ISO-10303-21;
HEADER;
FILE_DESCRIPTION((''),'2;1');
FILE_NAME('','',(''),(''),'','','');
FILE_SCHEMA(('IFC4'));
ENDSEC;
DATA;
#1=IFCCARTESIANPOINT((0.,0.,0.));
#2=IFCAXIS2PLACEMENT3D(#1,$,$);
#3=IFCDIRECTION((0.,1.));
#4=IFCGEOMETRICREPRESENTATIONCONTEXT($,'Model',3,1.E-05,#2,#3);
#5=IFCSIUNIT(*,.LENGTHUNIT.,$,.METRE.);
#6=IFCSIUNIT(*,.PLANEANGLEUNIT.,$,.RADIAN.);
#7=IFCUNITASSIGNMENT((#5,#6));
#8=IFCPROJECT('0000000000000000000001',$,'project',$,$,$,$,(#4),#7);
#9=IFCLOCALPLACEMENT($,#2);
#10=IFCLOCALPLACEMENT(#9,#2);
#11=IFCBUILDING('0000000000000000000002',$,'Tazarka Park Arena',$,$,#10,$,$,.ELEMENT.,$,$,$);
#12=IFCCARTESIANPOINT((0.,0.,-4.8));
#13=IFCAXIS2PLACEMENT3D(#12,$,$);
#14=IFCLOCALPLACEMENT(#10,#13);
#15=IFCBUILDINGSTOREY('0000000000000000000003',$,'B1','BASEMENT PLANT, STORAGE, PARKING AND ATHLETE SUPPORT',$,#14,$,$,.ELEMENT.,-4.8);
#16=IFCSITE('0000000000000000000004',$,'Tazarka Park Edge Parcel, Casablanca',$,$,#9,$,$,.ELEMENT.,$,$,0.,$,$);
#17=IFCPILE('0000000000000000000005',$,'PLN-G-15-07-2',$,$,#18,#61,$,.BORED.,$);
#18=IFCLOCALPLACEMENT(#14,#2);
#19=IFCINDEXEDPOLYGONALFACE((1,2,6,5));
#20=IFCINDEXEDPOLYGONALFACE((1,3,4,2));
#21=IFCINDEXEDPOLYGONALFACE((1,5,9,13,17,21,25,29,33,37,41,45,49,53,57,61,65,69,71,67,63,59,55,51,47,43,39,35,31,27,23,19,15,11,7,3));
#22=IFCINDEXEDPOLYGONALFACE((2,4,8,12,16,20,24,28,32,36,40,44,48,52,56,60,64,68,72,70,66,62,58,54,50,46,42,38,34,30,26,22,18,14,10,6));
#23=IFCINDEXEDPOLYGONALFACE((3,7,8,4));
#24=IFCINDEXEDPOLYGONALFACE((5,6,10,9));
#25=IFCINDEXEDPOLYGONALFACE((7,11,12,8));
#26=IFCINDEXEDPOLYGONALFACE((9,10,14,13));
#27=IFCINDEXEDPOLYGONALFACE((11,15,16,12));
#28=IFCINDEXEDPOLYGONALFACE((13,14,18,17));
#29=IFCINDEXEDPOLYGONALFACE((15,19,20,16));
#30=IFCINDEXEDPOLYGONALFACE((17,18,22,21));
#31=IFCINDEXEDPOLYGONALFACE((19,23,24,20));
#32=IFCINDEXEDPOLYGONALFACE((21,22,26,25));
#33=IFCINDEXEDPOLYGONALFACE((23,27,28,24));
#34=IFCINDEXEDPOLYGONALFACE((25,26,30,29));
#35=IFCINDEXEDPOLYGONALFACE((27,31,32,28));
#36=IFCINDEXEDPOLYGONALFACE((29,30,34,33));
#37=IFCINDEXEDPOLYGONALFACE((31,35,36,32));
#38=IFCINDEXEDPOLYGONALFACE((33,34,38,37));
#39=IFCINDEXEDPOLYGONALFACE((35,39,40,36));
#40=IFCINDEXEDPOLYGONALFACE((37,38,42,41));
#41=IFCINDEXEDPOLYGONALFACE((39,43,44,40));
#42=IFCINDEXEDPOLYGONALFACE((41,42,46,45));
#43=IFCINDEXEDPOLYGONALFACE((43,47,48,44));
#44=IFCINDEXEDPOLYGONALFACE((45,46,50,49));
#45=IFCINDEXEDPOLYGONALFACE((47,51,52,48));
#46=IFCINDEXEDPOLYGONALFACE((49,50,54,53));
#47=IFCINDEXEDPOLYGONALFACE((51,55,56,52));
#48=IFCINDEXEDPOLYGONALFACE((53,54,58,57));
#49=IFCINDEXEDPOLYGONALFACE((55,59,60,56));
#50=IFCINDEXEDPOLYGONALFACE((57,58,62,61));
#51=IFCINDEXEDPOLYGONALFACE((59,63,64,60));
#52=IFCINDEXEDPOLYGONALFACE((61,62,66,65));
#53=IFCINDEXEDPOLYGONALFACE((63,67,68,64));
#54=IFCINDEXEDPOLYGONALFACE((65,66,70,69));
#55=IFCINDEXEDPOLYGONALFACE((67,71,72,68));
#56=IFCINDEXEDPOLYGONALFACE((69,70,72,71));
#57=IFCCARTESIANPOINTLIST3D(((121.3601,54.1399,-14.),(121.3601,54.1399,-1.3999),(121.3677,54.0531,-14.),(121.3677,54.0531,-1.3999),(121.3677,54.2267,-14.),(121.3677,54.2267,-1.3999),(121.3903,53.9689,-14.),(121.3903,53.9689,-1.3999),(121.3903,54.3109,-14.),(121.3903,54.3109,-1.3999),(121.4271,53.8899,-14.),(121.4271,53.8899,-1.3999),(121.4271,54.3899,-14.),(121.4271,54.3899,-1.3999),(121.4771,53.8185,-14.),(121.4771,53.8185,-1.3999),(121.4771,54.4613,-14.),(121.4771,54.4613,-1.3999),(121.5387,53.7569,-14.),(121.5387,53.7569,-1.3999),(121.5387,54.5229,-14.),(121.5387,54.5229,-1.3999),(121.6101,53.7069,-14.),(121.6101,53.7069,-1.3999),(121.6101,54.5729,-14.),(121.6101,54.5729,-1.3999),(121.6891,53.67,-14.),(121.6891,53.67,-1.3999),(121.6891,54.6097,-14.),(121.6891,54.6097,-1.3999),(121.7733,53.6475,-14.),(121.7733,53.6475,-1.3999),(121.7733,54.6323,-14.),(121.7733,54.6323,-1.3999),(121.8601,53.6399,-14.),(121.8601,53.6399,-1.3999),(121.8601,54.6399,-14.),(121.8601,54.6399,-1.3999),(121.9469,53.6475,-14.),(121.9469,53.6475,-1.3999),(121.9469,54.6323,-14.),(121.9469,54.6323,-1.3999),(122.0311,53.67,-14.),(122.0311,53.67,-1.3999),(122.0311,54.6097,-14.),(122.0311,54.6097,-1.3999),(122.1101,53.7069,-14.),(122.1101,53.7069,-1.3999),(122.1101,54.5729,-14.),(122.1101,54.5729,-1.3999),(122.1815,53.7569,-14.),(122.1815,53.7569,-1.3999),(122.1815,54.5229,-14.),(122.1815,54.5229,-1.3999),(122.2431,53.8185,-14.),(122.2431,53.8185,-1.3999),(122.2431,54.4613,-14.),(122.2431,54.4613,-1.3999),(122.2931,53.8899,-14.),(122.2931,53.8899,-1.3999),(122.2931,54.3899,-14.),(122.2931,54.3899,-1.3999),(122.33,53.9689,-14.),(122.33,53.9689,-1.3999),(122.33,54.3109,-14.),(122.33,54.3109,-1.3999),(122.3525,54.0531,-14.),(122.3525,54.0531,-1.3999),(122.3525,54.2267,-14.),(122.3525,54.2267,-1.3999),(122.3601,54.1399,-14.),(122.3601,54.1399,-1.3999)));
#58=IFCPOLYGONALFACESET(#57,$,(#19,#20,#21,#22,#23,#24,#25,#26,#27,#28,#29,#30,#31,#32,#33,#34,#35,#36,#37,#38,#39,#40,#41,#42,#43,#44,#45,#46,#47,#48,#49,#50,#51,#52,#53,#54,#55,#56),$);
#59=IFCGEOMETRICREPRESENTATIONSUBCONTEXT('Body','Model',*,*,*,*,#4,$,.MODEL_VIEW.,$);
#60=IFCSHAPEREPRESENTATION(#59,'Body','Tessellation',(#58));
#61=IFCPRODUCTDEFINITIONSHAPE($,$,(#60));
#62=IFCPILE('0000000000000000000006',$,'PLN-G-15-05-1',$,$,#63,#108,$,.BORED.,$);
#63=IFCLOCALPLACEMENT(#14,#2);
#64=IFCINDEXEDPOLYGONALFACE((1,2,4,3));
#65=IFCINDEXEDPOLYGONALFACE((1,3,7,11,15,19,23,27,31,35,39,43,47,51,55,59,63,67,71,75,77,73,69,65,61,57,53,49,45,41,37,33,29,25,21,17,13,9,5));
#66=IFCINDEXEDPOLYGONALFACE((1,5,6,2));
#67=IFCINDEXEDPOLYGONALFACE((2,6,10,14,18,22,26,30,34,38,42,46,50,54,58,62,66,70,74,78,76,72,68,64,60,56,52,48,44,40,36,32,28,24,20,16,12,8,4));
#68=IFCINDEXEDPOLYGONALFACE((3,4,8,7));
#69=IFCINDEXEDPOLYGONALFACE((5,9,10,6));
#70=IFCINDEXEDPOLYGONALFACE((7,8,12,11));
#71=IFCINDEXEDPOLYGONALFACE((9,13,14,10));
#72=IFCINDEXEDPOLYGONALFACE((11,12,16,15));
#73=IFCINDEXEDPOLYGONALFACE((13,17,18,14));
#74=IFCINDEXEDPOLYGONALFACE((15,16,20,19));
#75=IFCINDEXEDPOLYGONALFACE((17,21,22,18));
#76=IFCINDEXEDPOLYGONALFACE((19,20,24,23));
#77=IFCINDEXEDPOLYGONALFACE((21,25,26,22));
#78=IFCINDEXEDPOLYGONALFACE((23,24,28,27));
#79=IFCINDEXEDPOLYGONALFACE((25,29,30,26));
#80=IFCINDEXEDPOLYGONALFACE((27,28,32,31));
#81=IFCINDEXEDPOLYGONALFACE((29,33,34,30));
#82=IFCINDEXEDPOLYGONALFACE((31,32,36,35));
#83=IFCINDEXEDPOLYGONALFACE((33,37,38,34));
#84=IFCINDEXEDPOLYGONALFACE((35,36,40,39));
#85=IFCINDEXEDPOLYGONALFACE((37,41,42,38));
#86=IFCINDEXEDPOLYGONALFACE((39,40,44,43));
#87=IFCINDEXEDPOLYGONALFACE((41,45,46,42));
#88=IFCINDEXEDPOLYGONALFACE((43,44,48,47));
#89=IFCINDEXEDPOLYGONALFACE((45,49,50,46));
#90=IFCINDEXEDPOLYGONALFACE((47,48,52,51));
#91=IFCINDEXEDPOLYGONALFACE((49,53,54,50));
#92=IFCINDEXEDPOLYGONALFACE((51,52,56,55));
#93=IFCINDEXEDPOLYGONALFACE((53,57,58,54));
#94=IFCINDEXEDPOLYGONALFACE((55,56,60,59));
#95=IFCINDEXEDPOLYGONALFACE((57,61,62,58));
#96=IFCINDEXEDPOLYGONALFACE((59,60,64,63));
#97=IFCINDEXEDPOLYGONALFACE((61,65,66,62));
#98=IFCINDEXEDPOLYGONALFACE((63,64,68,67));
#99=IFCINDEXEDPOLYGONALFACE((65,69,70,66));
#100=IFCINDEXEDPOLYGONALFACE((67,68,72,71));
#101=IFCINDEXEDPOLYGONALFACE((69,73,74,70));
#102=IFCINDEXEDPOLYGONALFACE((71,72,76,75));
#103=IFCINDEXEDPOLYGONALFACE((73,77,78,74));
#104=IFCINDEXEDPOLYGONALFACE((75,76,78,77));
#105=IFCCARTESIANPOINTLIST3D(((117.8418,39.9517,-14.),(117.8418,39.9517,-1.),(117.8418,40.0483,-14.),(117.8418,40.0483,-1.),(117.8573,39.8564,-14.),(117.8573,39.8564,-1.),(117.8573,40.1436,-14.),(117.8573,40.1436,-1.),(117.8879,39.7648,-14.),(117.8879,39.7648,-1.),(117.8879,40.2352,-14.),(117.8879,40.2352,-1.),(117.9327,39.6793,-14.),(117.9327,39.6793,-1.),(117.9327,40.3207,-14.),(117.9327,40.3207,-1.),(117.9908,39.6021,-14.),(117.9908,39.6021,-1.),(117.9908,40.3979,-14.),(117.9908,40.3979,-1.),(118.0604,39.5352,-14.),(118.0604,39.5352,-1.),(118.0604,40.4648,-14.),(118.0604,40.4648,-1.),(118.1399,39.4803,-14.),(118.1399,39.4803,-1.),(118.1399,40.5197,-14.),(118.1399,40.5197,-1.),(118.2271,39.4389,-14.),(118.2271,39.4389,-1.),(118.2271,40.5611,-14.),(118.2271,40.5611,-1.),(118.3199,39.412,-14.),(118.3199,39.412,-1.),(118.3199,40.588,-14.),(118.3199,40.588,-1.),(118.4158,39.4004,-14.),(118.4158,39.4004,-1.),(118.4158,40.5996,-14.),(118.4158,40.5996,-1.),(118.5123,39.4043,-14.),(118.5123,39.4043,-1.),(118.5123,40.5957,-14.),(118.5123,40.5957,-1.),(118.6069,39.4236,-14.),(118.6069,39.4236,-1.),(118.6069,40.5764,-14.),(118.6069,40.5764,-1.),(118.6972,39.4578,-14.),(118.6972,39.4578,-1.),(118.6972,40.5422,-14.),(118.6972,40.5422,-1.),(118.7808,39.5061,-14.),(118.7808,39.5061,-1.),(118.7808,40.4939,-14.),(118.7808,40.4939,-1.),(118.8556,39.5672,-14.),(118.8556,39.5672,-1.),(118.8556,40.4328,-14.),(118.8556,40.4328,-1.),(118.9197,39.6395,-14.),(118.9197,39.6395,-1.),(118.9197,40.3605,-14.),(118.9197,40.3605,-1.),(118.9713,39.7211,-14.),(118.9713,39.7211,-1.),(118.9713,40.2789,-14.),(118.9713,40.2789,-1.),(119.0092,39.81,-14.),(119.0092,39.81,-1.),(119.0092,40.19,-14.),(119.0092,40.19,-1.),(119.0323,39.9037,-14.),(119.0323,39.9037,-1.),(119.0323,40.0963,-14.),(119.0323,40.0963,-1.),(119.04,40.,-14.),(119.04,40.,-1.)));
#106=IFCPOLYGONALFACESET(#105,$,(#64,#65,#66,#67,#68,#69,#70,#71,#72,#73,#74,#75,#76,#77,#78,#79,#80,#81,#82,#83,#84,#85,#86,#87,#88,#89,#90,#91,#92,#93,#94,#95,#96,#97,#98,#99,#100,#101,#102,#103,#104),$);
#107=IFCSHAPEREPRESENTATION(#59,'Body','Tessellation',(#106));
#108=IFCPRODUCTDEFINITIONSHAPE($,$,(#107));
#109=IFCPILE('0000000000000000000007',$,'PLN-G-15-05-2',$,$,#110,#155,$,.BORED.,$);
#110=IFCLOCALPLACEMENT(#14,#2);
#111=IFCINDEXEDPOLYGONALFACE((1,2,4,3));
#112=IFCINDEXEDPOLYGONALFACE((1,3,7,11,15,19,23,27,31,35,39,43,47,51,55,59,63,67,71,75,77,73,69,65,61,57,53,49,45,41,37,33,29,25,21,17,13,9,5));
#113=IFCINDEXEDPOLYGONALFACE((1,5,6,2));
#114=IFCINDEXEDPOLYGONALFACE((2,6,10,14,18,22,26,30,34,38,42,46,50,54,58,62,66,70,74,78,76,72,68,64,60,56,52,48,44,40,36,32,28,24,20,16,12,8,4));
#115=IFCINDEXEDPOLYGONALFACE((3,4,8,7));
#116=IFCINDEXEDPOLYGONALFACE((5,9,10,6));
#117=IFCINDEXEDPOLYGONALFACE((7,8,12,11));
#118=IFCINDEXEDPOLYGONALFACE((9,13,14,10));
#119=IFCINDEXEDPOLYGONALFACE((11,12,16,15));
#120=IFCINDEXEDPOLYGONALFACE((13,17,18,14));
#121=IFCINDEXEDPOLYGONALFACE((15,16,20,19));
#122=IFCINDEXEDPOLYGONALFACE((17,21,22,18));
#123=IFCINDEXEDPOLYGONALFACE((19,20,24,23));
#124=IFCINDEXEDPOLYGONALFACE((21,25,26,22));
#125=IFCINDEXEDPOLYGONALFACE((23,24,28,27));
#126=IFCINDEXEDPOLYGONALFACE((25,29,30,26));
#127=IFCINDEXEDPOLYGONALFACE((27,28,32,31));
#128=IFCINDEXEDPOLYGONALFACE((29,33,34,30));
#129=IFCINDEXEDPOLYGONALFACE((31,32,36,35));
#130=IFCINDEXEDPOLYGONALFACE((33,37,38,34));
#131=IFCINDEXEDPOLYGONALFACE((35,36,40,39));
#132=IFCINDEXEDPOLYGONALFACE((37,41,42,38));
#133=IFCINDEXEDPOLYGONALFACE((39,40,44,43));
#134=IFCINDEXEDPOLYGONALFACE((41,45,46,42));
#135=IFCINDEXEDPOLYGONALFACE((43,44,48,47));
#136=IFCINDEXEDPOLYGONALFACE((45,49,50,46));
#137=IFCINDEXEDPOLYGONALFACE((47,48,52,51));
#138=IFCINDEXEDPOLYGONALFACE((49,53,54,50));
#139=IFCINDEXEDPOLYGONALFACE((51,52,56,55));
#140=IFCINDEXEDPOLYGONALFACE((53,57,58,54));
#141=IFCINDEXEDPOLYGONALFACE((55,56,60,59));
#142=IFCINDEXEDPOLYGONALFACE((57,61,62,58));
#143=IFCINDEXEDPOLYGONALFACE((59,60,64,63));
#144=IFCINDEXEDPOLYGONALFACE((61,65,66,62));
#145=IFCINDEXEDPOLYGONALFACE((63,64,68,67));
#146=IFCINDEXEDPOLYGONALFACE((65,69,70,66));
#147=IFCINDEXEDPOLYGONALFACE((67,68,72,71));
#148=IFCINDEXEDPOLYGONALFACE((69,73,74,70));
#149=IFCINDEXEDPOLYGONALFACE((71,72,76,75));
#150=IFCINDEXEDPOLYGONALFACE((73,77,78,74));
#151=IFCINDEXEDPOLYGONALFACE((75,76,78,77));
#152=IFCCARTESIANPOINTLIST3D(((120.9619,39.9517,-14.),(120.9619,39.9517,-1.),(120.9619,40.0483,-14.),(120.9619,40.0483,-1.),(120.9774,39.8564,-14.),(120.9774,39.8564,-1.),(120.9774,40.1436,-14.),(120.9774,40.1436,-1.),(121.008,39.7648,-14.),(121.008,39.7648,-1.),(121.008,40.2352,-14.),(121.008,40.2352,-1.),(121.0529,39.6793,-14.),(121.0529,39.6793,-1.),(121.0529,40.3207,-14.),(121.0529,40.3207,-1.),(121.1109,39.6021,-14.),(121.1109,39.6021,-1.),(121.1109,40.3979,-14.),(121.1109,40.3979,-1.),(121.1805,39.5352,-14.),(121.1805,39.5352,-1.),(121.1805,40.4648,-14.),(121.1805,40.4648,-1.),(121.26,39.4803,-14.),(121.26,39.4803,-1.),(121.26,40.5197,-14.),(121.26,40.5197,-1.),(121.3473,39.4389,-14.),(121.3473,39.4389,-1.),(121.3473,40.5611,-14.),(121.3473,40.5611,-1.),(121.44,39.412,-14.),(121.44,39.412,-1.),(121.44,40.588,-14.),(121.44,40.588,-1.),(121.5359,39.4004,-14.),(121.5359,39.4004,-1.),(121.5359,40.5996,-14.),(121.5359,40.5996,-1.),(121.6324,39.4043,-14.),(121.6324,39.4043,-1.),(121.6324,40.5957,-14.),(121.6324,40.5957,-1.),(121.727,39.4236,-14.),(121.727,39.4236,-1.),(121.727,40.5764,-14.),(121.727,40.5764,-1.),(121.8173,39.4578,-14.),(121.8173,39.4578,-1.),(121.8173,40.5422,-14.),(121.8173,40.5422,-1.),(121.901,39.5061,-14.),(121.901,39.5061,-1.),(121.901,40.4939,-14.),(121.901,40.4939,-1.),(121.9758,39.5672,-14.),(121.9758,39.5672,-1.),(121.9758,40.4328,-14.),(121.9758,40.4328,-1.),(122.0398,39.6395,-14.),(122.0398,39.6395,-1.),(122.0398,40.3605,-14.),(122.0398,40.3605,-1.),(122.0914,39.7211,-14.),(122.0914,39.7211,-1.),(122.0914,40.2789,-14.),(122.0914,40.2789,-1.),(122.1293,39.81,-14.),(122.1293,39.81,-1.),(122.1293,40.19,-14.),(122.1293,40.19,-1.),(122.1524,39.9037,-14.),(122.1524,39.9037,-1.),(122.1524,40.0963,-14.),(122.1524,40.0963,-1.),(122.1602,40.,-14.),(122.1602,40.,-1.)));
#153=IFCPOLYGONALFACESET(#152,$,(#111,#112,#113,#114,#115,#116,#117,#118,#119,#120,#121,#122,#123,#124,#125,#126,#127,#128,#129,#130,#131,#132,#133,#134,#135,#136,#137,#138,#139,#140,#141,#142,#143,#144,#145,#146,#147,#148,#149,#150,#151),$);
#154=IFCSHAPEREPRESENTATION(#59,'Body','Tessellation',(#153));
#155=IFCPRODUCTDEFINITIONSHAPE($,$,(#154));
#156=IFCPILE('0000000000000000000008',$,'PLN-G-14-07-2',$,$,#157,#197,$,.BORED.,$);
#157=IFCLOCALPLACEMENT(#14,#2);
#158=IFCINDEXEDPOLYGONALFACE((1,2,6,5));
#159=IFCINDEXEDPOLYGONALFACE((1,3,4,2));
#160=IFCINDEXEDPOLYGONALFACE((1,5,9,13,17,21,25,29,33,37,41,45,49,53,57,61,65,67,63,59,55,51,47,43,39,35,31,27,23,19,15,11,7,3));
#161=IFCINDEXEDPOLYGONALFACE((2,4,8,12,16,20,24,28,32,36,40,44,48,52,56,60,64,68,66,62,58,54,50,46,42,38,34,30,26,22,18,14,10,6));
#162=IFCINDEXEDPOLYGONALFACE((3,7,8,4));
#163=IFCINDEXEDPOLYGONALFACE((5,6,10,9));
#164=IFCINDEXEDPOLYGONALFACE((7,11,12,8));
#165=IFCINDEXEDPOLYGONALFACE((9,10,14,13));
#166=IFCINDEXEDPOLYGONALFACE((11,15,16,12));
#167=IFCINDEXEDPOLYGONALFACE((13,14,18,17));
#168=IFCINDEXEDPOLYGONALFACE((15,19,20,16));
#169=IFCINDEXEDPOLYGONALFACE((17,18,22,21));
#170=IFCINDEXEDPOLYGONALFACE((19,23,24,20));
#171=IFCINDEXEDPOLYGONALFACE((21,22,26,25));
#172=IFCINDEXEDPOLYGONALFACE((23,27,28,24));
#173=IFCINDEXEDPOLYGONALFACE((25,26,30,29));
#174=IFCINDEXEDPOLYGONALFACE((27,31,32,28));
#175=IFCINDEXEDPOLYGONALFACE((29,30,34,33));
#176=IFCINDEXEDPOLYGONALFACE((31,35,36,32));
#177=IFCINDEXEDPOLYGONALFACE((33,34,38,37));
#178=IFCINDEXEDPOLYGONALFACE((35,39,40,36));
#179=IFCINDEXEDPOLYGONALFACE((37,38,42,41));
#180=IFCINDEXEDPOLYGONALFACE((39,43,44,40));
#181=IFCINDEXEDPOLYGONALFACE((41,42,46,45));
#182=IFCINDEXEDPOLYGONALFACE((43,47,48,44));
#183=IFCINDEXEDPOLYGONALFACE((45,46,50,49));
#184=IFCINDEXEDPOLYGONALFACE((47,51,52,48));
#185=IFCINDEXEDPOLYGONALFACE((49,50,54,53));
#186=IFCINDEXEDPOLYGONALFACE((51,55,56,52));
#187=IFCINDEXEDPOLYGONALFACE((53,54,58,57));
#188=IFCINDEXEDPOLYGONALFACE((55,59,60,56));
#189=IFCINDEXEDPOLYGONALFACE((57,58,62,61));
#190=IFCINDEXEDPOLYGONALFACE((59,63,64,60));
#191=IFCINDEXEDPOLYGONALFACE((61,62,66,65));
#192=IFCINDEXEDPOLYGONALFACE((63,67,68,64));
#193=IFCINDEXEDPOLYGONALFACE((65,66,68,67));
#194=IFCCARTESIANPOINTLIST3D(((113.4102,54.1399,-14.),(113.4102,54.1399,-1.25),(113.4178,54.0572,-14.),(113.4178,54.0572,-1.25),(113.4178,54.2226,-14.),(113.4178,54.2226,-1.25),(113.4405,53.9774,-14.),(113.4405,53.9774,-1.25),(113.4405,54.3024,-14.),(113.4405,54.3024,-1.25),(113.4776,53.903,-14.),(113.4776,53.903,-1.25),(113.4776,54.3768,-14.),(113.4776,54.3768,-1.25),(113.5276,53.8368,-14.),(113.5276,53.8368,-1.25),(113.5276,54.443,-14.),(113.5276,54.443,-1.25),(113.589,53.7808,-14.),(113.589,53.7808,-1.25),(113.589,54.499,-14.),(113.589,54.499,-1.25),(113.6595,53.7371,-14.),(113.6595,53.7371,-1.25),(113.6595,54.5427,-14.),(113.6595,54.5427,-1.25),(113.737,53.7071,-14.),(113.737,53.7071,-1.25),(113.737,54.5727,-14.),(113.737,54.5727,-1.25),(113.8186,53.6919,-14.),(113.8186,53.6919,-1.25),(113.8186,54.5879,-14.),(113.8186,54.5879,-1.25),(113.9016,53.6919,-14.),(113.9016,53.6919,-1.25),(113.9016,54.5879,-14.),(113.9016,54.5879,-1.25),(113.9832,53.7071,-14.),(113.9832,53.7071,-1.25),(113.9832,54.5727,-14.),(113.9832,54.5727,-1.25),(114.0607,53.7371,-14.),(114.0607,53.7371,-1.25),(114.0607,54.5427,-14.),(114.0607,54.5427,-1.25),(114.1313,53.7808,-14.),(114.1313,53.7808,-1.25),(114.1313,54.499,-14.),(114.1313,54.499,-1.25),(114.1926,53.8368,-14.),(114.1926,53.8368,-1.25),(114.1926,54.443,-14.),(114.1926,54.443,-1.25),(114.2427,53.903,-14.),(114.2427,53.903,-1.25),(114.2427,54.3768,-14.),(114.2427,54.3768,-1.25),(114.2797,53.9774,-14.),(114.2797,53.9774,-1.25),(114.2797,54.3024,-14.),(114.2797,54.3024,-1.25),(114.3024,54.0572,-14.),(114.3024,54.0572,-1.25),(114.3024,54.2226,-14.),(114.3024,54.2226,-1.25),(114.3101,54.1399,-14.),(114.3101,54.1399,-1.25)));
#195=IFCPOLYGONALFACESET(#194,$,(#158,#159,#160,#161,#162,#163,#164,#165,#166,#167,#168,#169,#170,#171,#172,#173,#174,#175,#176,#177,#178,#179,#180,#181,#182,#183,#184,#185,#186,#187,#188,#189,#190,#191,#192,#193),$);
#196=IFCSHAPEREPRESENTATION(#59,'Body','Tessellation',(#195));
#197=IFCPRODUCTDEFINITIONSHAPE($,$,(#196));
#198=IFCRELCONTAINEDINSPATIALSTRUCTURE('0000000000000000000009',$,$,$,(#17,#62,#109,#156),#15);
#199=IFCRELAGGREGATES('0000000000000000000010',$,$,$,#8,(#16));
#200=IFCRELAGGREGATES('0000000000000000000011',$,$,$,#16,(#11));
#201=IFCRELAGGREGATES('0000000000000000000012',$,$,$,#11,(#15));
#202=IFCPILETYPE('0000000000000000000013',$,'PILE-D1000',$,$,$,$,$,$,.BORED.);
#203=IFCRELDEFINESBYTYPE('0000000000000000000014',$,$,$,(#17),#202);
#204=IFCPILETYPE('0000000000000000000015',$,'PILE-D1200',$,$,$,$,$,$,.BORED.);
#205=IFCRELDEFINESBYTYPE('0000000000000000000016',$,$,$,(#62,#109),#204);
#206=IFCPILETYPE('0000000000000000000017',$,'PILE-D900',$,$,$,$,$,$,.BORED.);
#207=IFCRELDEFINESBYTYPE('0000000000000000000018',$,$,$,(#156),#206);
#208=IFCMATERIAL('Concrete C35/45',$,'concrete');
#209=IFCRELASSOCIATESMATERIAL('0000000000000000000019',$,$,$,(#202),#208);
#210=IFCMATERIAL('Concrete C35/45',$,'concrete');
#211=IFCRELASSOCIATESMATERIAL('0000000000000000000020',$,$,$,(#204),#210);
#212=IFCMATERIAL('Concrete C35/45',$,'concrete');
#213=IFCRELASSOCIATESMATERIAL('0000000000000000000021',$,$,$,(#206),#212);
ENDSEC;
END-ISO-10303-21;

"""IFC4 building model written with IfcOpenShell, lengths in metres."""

from ifc_helpers import new_model, si_unit, direction, frame, origin, origin_2d, place, context, subcontext, project, spatial, circle, extrude, material, material_profile, profile_set, type_object, element, save


model = new_model("IFC4")

# Units and contexts
model_context = context("Model", 3, precision=1e-05, world=origin(), true_north=direction((0.0, 1.0)))
body_context = subcontext(model_context, "Body", "Model", "MODEL_VIEW")
ifc_project = project(units=[si_unit("LENGTHUNIT", "METRE"), si_unit("PLANEANGLEUNIT", "RADIAN")], contexts=[model_context])

# Site, building, storey
site_placement = place(None, origin())
site = spatial("IfcSite", under=ifc_project, at=site_placement, Name="Tazarka Park Edge Parcel, Casablanca", CompositionType="ELEMENT", RefElevation=0.0)
building_placement = place(site_placement, origin())
building = spatial("IfcBuilding", under=site, at=building_placement, Name="Tazarka Park Arena", CompositionType="ELEMENT")
storey_placement = place(building_placement, frame((0.0, 0.0, -4.8)))
storey = spatial("IfcBuildingStorey", under=building, at=storey_placement, Name="B1", Description="BASEMENT PLANT, STORAGE, PARKING AND ATHLETE SUPPORT", CompositionType="ELEMENT", Elevation=-4.8)

# Piles
ifc_material_1 = material(Name="Concrete C35/45", Category="concrete")
ifc_material_profile_1 = material_profile(ifc_material_1, circle(Radius=0.5, at=origin_2d()), Name="Concrete C35/45")
ifc_profile_set_1 = profile_set([ifc_material_profile_1], Name="Concrete C35/45")
pile_type_1 = type_object("IfcPileType", Name="PILE-D1000", PredefinedType="BORED", material=ifc_profile_set_1)
for number, where, z_axis, x_axis, name in (
    (1, (121.8601, 54.1399, -1.3999), (0.0, 0.0, -1.0), (1.0, 0.0, 0.0), "PLN-G-15-07-2"),
):
    element("IfcPile", number, at=place(storey_placement, frame(where, z_axis=z_axis, x_axis=x_axis)), inside=storey, type_object=pile_type_1, Name=name, PredefinedType="BORED", context=body_context, shape_type="SweptSolid", body=[
        extrude(circle(Radius=0.5, at=origin_2d()), origin(), (0.0, 0.0, 1.0), 12.6001),
    ])
ifc_material_2 = material(Name="Concrete C35/45", Category="concrete")
ifc_material_profile_2 = material_profile(ifc_material_2, circle(Radius=0.6001, at=origin_2d()), Name="Concrete C35/45")
ifc_profile_set_2 = profile_set([ifc_material_profile_2], Name="Concrete C35/45")
pile_type_2 = type_object("IfcPileType", Name="PILE-D1200", PredefinedType="BORED", material=ifc_profile_set_2)
for number, where, z_axis, x_axis, name in (
    (2, (118.4399, 40.0, -1.0), (0.0, 0.0, -1.0), (1.0, 0.0, 0.0), "PLN-G-15-05-1"),
    (3, (121.5601, 40.0, -1.0), (0.0, 0.0, -1.0), (1.0, 0.0, 0.0), "PLN-G-15-05-2"),
):
    element("IfcPile", number, at=place(storey_placement, frame(where, z_axis=z_axis, x_axis=x_axis)), inside=storey, type_object=pile_type_2, Name=name, PredefinedType="BORED", context=body_context, shape_type="SweptSolid", body=[
        extrude(circle(Radius=0.6001, at=origin_2d()), origin(), (0.0, 0.0, 1.0), 13.0),
    ])
ifc_material_3 = material(Name="Concrete C35/45", Category="concrete")
ifc_material_profile_3 = material_profile(ifc_material_3, circle(Radius=0.45, at=origin_2d()), Name="Concrete C35/45")
ifc_profile_set_3 = profile_set([ifc_material_profile_3], Name="Concrete C35/45")
pile_type_3 = type_object("IfcPileType", Name="PILE-D900", PredefinedType="BORED", material=ifc_profile_set_3)
pile_placement = place(storey_placement, frame((113.8601, 54.1399, -1.25), z_axis=(0.0, 0.0, -1.0), x_axis=(1.0, 0.0, 0.0)))
element("IfcPile", 4, at=pile_placement, inside=storey, type_object=pile_type_3, Name="PLN-G-14-07-2", PredefinedType="BORED", context=body_context, shape_type="SweptSolid", body=[
    extrude(circle(Radius=0.45, at=origin_2d()), origin(), (0.0, 0.0, 1.0), 12.75),
])

save(model, "model.ifc")
